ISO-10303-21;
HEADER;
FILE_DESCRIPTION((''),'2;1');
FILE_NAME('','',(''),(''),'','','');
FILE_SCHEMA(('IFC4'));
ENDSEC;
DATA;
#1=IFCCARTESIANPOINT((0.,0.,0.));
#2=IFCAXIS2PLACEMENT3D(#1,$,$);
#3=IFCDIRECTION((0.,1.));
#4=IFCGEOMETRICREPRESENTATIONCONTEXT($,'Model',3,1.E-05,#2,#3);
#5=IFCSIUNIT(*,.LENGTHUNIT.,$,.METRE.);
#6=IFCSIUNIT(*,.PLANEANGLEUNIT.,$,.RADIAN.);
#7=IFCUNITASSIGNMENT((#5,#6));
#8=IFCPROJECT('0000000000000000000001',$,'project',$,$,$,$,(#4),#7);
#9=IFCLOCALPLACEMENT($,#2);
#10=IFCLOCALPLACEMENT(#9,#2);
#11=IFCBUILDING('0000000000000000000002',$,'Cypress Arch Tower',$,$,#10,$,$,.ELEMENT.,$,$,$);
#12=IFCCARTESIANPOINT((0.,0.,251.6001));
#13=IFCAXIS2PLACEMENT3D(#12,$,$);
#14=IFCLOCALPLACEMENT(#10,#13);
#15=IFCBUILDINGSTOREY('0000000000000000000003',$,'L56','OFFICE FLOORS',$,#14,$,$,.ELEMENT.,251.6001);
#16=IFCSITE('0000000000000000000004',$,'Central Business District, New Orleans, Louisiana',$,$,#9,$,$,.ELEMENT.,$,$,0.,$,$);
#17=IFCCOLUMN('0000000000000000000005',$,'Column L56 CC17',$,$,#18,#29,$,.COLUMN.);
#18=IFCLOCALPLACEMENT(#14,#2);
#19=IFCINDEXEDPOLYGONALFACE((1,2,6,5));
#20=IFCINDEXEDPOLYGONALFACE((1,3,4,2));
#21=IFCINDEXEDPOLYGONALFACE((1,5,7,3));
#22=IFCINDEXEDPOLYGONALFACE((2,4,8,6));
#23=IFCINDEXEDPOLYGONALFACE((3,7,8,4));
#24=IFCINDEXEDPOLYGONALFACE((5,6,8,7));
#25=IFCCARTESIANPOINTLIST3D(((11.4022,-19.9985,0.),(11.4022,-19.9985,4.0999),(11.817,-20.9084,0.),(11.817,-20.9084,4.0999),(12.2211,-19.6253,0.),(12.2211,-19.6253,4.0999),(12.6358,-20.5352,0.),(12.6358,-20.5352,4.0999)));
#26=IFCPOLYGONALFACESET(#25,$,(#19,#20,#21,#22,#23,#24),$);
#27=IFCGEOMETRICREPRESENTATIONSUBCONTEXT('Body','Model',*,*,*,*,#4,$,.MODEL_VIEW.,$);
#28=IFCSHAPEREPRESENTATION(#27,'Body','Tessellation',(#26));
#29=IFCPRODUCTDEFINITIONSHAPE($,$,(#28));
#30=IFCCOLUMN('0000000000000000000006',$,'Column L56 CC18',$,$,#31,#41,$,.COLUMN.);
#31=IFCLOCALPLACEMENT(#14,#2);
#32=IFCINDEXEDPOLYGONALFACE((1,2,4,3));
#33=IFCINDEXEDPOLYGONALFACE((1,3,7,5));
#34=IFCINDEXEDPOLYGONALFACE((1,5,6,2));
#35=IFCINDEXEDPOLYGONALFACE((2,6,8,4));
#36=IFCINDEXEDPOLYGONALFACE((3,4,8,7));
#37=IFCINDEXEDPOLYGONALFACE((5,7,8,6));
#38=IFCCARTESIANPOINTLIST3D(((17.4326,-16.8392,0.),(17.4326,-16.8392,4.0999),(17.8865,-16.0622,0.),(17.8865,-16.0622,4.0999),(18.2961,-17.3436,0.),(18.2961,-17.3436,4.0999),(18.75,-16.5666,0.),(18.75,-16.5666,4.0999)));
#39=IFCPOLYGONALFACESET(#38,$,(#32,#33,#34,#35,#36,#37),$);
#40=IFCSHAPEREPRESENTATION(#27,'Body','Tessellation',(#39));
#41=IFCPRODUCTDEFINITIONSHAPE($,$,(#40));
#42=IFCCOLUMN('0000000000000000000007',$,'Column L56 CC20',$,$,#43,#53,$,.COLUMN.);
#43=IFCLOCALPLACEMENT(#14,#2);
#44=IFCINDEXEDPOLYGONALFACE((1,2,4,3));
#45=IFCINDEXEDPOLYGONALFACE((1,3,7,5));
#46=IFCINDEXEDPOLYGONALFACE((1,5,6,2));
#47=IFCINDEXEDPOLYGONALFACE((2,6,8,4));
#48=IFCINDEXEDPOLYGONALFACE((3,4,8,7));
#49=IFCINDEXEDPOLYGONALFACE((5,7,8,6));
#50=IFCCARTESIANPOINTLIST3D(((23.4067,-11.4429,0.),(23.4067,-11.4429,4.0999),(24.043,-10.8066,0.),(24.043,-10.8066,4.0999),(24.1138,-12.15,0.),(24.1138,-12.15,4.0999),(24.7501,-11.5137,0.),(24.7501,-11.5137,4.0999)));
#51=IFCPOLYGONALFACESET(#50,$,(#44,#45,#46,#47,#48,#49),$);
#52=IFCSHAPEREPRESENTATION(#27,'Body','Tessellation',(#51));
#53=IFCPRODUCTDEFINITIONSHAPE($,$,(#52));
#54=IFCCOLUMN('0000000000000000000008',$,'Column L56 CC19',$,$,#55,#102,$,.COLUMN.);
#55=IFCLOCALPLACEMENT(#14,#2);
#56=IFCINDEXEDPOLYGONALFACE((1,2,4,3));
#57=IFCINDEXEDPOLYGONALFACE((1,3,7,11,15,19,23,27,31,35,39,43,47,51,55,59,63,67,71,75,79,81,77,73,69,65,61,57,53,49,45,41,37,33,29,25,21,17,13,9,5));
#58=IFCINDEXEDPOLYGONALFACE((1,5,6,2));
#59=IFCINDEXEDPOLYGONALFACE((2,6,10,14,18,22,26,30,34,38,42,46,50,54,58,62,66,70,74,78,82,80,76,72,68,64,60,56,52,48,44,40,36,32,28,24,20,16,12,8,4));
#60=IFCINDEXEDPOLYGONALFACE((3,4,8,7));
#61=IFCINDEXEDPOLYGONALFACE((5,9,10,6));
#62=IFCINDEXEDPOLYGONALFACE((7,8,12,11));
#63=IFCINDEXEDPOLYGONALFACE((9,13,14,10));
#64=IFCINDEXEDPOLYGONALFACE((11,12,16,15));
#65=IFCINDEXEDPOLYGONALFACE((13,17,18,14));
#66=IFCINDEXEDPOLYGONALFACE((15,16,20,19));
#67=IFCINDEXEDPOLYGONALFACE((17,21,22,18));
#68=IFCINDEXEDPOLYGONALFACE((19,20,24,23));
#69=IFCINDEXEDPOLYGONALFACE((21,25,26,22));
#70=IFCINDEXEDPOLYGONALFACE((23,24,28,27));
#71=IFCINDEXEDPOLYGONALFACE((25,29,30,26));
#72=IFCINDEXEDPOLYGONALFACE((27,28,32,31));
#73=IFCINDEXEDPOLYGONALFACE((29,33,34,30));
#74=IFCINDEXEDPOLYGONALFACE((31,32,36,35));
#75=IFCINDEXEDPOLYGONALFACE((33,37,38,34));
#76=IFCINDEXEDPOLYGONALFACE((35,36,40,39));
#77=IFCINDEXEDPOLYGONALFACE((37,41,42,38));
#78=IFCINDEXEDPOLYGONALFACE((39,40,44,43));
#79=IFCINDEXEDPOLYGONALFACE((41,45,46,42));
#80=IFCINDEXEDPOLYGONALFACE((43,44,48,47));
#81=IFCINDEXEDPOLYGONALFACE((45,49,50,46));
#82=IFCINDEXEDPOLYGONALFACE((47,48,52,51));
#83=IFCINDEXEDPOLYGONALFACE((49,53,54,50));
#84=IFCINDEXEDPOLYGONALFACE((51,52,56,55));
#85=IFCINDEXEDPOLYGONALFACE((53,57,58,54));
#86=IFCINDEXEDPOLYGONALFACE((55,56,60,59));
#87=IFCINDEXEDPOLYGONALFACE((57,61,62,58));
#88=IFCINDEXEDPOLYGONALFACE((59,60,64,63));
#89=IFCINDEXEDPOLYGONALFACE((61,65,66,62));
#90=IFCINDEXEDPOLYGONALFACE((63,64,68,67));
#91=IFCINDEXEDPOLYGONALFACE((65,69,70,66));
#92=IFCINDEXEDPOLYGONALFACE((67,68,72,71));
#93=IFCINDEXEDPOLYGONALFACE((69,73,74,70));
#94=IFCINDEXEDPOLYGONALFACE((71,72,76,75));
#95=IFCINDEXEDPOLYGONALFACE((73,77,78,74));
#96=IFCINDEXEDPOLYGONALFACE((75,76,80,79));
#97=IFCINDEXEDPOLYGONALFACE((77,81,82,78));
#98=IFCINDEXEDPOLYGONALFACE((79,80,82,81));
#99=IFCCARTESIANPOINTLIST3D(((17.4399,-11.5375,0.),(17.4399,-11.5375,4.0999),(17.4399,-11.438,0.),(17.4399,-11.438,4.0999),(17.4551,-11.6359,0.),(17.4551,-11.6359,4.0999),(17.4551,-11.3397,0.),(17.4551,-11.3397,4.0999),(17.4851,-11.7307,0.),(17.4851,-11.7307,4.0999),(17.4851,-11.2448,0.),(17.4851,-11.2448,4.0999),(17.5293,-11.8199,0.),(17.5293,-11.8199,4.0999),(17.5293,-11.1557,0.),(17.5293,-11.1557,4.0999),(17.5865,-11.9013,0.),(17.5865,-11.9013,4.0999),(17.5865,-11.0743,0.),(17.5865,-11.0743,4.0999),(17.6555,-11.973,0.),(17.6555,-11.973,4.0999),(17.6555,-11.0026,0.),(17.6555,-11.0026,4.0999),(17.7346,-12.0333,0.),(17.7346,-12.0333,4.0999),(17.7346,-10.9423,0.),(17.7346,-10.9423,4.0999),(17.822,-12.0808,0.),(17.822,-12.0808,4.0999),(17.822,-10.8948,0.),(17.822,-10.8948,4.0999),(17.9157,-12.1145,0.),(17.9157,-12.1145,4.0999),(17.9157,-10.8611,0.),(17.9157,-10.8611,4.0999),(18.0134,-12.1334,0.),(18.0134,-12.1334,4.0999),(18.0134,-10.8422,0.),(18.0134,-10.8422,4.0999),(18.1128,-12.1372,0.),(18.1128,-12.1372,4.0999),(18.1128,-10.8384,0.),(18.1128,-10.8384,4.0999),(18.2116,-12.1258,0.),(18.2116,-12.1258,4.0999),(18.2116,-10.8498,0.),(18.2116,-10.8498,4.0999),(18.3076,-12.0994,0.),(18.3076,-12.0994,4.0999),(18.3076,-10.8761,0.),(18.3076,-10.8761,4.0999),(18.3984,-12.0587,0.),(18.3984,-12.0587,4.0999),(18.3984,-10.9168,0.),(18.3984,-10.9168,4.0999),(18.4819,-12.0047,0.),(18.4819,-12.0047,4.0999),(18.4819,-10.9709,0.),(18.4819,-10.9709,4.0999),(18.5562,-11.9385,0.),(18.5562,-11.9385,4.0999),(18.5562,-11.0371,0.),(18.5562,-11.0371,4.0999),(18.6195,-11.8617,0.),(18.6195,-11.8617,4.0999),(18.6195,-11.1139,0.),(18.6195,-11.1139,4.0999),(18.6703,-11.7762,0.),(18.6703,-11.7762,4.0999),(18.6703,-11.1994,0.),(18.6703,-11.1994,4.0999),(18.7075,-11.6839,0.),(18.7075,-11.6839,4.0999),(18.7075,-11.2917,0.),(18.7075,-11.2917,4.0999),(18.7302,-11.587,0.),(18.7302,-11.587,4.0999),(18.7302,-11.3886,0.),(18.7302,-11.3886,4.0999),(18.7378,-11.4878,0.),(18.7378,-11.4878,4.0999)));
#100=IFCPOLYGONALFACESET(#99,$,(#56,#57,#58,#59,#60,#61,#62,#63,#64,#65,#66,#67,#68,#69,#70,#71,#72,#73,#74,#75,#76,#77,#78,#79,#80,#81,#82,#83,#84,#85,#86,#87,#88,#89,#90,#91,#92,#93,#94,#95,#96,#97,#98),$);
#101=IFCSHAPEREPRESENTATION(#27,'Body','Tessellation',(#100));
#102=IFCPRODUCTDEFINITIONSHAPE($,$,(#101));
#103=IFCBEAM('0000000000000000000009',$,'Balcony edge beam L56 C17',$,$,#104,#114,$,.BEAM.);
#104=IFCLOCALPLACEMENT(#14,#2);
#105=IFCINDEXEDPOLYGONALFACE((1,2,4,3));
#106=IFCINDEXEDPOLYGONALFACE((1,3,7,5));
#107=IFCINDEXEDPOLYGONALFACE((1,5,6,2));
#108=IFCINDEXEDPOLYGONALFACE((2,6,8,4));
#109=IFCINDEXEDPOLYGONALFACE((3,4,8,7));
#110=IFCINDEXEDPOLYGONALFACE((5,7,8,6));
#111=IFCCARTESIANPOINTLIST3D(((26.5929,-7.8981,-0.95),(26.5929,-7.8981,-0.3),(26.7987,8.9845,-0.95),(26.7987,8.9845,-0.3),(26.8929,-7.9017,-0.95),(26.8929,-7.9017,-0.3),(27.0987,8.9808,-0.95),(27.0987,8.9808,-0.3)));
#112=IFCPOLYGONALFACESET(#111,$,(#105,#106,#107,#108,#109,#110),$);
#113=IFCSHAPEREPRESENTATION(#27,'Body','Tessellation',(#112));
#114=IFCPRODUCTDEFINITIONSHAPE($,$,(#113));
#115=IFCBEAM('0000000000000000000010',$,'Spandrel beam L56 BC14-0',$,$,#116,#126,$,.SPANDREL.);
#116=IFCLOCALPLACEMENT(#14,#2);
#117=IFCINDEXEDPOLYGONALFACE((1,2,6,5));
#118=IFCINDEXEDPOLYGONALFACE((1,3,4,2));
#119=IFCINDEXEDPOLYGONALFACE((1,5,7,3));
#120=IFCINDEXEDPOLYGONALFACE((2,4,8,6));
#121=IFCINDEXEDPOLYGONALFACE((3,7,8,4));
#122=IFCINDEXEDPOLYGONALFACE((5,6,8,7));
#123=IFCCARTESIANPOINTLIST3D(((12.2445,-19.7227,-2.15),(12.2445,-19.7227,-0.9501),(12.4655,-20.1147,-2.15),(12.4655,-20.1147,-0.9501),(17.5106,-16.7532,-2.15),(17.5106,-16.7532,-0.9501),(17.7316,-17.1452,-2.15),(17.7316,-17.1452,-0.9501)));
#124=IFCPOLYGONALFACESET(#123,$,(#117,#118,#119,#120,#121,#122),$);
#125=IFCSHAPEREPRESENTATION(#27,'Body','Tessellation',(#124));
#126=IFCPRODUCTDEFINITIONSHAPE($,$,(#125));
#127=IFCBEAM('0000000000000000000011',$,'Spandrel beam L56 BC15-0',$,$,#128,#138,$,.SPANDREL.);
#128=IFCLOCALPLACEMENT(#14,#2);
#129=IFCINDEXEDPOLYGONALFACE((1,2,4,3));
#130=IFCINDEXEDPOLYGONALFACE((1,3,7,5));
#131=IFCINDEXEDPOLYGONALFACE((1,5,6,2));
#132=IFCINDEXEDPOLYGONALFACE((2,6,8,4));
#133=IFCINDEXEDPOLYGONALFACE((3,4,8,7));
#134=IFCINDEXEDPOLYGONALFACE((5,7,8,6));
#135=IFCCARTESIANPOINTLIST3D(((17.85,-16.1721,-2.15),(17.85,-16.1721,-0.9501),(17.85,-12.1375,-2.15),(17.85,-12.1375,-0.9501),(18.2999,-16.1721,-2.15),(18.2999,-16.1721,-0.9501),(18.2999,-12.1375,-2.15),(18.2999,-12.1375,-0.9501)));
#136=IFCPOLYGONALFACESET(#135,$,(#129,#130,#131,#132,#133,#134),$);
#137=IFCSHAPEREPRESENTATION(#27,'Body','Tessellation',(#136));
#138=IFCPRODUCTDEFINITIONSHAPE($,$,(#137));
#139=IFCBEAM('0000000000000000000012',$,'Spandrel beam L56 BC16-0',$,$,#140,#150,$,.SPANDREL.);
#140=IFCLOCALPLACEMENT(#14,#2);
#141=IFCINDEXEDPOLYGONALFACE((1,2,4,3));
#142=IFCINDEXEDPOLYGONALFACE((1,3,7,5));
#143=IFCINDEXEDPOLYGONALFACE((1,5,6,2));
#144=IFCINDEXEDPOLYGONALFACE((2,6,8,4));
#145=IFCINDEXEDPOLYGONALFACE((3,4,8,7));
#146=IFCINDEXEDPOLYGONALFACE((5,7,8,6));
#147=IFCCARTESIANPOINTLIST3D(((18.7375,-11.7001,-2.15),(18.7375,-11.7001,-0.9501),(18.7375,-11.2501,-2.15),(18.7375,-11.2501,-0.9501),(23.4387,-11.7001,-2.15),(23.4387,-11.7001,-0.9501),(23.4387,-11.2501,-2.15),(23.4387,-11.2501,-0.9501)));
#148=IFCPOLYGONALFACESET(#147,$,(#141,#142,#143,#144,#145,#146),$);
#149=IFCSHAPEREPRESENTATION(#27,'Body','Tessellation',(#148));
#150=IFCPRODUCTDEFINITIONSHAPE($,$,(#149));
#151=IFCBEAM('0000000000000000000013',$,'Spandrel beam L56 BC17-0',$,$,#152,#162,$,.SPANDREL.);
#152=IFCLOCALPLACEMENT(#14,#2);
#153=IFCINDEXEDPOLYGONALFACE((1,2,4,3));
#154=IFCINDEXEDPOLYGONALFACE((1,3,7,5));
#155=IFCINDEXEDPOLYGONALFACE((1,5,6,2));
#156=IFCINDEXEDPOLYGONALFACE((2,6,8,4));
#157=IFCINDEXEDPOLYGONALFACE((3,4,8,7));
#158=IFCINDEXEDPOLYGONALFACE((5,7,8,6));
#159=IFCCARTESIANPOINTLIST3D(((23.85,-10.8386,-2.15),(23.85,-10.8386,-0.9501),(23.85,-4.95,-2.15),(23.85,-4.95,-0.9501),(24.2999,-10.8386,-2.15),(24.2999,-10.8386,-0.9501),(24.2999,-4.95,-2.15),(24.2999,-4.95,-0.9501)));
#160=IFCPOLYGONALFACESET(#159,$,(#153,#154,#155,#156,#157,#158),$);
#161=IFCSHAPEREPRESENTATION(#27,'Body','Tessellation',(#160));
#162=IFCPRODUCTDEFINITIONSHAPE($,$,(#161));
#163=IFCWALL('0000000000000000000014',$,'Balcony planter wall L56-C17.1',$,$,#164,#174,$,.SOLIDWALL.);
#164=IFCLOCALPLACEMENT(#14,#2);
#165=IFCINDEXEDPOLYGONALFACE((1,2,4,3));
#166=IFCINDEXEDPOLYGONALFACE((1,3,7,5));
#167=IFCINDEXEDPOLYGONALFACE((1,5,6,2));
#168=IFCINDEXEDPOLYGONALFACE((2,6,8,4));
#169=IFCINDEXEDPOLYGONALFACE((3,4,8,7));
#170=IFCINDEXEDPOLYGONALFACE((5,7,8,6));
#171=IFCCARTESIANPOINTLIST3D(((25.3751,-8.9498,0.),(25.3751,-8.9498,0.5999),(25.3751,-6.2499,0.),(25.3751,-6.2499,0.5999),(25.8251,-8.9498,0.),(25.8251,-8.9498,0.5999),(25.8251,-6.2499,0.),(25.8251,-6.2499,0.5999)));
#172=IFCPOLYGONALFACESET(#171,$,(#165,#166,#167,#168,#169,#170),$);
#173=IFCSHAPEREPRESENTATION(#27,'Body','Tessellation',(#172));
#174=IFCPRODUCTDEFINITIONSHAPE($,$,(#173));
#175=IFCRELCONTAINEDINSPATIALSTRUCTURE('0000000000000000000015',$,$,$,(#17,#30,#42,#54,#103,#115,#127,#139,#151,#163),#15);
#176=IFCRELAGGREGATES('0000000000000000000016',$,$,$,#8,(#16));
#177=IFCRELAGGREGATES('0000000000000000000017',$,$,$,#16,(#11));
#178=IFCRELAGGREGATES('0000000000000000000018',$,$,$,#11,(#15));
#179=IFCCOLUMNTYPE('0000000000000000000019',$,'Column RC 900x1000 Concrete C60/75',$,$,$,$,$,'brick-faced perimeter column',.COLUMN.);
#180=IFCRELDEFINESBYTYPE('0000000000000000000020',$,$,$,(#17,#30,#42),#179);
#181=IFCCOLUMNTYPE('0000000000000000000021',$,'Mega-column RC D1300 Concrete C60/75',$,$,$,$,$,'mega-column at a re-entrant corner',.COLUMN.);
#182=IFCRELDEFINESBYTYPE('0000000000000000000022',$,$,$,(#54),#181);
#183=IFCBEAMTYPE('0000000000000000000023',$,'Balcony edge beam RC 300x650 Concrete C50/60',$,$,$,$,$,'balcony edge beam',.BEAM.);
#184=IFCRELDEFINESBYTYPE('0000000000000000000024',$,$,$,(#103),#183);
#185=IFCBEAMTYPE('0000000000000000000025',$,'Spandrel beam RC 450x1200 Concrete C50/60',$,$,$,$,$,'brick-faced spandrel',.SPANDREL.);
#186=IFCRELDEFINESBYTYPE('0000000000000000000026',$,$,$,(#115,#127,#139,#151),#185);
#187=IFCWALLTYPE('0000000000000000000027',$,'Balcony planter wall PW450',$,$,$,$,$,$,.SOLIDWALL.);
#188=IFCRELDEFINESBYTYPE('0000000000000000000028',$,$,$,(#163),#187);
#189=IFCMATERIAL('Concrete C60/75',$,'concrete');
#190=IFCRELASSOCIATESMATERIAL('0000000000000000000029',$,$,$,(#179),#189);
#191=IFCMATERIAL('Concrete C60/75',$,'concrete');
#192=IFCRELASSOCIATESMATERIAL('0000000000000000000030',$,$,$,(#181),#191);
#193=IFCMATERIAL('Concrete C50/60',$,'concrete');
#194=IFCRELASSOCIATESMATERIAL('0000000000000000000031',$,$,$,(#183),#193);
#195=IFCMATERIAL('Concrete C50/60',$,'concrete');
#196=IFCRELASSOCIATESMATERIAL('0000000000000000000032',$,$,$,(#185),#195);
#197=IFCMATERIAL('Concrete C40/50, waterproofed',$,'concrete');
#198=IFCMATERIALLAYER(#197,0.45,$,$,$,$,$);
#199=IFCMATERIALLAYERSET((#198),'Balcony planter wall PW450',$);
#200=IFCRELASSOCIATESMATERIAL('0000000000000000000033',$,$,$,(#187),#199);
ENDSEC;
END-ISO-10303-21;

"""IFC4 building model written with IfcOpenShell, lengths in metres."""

from ifc_helpers import new_model, si_unit, direction, frame, frame_2d, origin, origin_2d, place, context, subcontext, project, spatial, rectangle, circle, extrude, material, layer, layer_set, material_profile, profile_set, type_object, element, save


model = new_model("IFC4")

# Units and contexts
model_context = context("Model", 3, precision=1e-05, world=origin(), true_north=direction((0.0, 1.0)))
body_context = subcontext(model_context, "Body", "Model", "MODEL_VIEW")
ifc_project = project(units=[si_unit("LENGTHUNIT", "METRE"), si_unit("PLANEANGLEUNIT", "RADIAN")], contexts=[model_context])

# Site, building, storey
site_placement = place(None, origin())
site = spatial("IfcSite", under=ifc_project, at=site_placement, Name="Central Business District, New Orleans, Louisiana", CompositionType="ELEMENT", RefElevation=0.0)
building_placement = place(site_placement, origin())
building = spatial("IfcBuilding", under=site, at=building_placement, Name="Cypress Arch Tower", CompositionType="ELEMENT")
storey_placement = place(building_placement, frame((0.0, 0.0, 251.6001)))
storey = spatial("IfcBuildingStorey", under=building, at=storey_placement, Name="L56", Description="OFFICE FLOORS", CompositionType="ELEMENT", Elevation=251.6001)

# Columns
ifc_material_1 = material(Name="Concrete C60/75", Category="concrete")
ifc_material_profile_1 = material_profile(ifc_material_1, rectangle(XDim=0.8999, YDim=1.0, at=origin_2d()), Name="RC 900x1000")
ifc_profile_set_1 = profile_set([ifc_material_profile_1], Name="Concrete C60/75")
column_type_1 = type_object("IfcColumnType", Name="Column RC 900x1000 Concrete C60/75", ElementType="brick-faced perimeter column", PredefinedType="COLUMN", material=ifc_profile_set_1)
for number, where, z_axis, x_axis, name in (
    (1, (12.019, -20.2668, 0.0), (0.0, 0.0, 1.0), (0.909932, 0.414757, 0.0), "Column L56 CC17"),
    (2, (18.0913, -16.7029, 0.0), (0.0, 0.0, 1.0), (0.504399, 0.863471, 0.0), "Column L56 CC18"),
    (3, (24.0784, -11.4783, 0.0), (0.0, 0.0, 1.0), (0.707107, 0.707107, 0.0), "Column L56 CC20"),
):
    element("IfcColumn", number, at=place(storey_placement, frame(where, z_axis=z_axis, x_axis=x_axis)), inside=storey, type_object=column_type_1, Name=name, PredefinedType="COLUMN", context=body_context, shape_type="SweptSolid", body=[
        extrude(rectangle(XDim=0.8999, YDim=1.0, at=origin_2d()), origin(), (0.0, 0.0, 1.0), 4.0999),
    ])
ifc_material_2 = material(Name="Concrete C60/75", Category="concrete")
ifc_material_profile_2 = material_profile(ifc_material_2, circle(Radius=0.6499, at=origin_2d()), Name="RC D1300")
ifc_profile_set_2 = profile_set([ifc_material_profile_2], Name="Concrete C60/75")
column_type_2 = type_object("IfcColumnType", Name="Mega-column RC D1300 Concrete C60/75", ElementType="mega-column at a re-entrant corner", PredefinedType="COLUMN", material=ifc_profile_set_2)
column_placement = place(storey_placement, frame((18.0879, -11.4878, 0.0), z_axis=(0.0, 0.0, 1.0), x_axis=(1.0, 0.0, 0.0)))
element("IfcColumn", 4, at=column_placement, inside=storey, type_object=column_type_2, Name="Column L56 CC19", PredefinedType="COLUMN", context=body_context, shape_type="SweptSolid", body=[
    extrude(circle(Radius=0.6499, at=origin_2d()), origin(), (0.0, 0.0, 1.0), 4.0999),
])

# Beams
ifc_material_3 = material(Name="Concrete C50/60", Category="concrete")
ifc_material_profile_3 = material_profile(ifc_material_3, rectangle(XDim=0.3, YDim=0.6499, at=origin_2d()), Name="RC 300x650")
ifc_profile_set_3 = profile_set([ifc_material_profile_3], Name="Concrete C50/60")
beam_type_1 = type_object("IfcBeamType", Name="Balcony edge beam RC 300x650 Concrete C50/60", ElementType="balcony edge beam", PredefinedType="BEAM", material=ifc_profile_set_3)
beam_1_placement = place(storey_placement, frame((26.7429, -7.8999, -0.625), z_axis=(0.01219, 0.999926, 0.0), x_axis=(-0.999926, 0.01219, 0.0)))
element("IfcBeam", 5, at=beam_1_placement, inside=storey, type_object=beam_type_1, Name="Balcony edge beam L56 C17", PredefinedType="BEAM", context=body_context, shape_type="SweptSolid", body=[
    extrude(rectangle(XDim=0.3, YDim=0.6499, at=origin_2d()), origin(), (0.0, 0.0, 1.0), 16.8838),
])
ifc_material_4 = material(Name="Concrete C50/60", Category="concrete")
ifc_material_profile_4 = material_profile(ifc_material_4, rectangle(XDim=0.45, YDim=1.2, at=origin_2d()), Name="RC 450x1200")
ifc_profile_set_4 = profile_set([ifc_material_profile_4], Name="Concrete C50/60")
beam_type_2 = type_object("IfcBeamType", Name="Spandrel beam RC 450x1200 Concrete C50/60", ElementType="brick-faced spandrel", PredefinedType="SPANDREL", material=ifc_profile_set_4)
beam_2_placement = place(storey_placement, frame((12.355, -19.9187, -1.55), z_axis=(0.87106, 0.491177, 0.0), x_axis=(-0.491177, 0.87106, 0.0)))
element("IfcBeam", 6, at=beam_2_placement, inside=storey, type_object=beam_type_2, Name="Spandrel beam L56 BC14-0", PredefinedType="SPANDREL", context=body_context, shape_type="SweptSolid", body=[
    extrude(rectangle(XDim=0.45, YDim=1.2, at=origin_2d()), origin(), (0.0, 0.0, 1.0), 6.0457),
])
beam_3_placement = place(storey_placement, frame((18.075, -16.1721, -1.55), z_axis=(0.0, 1.0, 0.0), x_axis=(-1.0, 0.0, 0.0)))
element("IfcBeam", 7, at=beam_3_placement, inside=storey, type_object=beam_type_2, Name="Spandrel beam L56 BC15-0", PredefinedType="SPANDREL", context=body_context, shape_type="SweptSolid", body=[
    extrude(rectangle(XDim=0.45, YDim=1.2, at=origin_2d()), origin(), (0.0, 0.0, 1.0), 4.0347),
])
beam_4_placement = place(storey_placement, frame((18.7375, -11.4751, -1.55), z_axis=(1.0, 0.0, 0.0), x_axis=(0.0, 1.0, 0.0)))
element("IfcBeam", 8, at=beam_4_placement, inside=storey, type_object=beam_type_2, Name="Spandrel beam L56 BC16-0", PredefinedType="SPANDREL", context=body_context, shape_type="SweptSolid", body=[
    extrude(rectangle(XDim=0.45, YDim=1.2, at=origin_2d()), origin(), (0.0, 0.0, 1.0), 4.7012),
])
beam_5_placement = place(storey_placement, frame((24.075, -10.8386, -1.55), z_axis=(0.0, 1.0, 0.0), x_axis=(-1.0, 0.0, 0.0)))
element("IfcBeam", 9, at=beam_5_placement, inside=storey, type_object=beam_type_2, Name="Spandrel beam L56 BC17-0", PredefinedType="SPANDREL", context=body_context, shape_type="SweptSolid", body=[
    extrude(rectangle(XDim=0.45, YDim=1.2, at=origin_2d()), origin(), (0.0, 0.0, 1.0), 5.8887),
])

# Wall
ifc_material_5 = material(Name="Concrete C40/50, waterproofed", Category="concrete")
ifc_layer_1 = layer(ifc_material_5, 0.45)
ifc_layer_set_1 = layer_set([ifc_layer_1], Name="Balcony planter wall PW450")
wall_type_1 = type_object("IfcWallType", Name="Balcony planter wall PW450", PredefinedType="SOLIDWALL", material=ifc_layer_set_1)
wall_1_placement = place(storey_placement, frame((25.6001, -8.95, 0.0), z_axis=(0.0, 0.0, 1.0), x_axis=(0.0, 1.0, 0.0)))
element("IfcWall", 10, at=wall_1_placement, inside=storey, type_object=wall_type_1, Name="Balcony planter wall L56-C17.1", PredefinedType="SOLIDWALL", context=body_context, shape_type="SweptSolid", body=[
    extrude(rectangle(XDim=2.7, YDim=0.45, at=frame_2d((1.3501, 0.0))), origin(), (0.0, 0.0, 1.0), 0.5999),
])

save(model, "model.ifc")
